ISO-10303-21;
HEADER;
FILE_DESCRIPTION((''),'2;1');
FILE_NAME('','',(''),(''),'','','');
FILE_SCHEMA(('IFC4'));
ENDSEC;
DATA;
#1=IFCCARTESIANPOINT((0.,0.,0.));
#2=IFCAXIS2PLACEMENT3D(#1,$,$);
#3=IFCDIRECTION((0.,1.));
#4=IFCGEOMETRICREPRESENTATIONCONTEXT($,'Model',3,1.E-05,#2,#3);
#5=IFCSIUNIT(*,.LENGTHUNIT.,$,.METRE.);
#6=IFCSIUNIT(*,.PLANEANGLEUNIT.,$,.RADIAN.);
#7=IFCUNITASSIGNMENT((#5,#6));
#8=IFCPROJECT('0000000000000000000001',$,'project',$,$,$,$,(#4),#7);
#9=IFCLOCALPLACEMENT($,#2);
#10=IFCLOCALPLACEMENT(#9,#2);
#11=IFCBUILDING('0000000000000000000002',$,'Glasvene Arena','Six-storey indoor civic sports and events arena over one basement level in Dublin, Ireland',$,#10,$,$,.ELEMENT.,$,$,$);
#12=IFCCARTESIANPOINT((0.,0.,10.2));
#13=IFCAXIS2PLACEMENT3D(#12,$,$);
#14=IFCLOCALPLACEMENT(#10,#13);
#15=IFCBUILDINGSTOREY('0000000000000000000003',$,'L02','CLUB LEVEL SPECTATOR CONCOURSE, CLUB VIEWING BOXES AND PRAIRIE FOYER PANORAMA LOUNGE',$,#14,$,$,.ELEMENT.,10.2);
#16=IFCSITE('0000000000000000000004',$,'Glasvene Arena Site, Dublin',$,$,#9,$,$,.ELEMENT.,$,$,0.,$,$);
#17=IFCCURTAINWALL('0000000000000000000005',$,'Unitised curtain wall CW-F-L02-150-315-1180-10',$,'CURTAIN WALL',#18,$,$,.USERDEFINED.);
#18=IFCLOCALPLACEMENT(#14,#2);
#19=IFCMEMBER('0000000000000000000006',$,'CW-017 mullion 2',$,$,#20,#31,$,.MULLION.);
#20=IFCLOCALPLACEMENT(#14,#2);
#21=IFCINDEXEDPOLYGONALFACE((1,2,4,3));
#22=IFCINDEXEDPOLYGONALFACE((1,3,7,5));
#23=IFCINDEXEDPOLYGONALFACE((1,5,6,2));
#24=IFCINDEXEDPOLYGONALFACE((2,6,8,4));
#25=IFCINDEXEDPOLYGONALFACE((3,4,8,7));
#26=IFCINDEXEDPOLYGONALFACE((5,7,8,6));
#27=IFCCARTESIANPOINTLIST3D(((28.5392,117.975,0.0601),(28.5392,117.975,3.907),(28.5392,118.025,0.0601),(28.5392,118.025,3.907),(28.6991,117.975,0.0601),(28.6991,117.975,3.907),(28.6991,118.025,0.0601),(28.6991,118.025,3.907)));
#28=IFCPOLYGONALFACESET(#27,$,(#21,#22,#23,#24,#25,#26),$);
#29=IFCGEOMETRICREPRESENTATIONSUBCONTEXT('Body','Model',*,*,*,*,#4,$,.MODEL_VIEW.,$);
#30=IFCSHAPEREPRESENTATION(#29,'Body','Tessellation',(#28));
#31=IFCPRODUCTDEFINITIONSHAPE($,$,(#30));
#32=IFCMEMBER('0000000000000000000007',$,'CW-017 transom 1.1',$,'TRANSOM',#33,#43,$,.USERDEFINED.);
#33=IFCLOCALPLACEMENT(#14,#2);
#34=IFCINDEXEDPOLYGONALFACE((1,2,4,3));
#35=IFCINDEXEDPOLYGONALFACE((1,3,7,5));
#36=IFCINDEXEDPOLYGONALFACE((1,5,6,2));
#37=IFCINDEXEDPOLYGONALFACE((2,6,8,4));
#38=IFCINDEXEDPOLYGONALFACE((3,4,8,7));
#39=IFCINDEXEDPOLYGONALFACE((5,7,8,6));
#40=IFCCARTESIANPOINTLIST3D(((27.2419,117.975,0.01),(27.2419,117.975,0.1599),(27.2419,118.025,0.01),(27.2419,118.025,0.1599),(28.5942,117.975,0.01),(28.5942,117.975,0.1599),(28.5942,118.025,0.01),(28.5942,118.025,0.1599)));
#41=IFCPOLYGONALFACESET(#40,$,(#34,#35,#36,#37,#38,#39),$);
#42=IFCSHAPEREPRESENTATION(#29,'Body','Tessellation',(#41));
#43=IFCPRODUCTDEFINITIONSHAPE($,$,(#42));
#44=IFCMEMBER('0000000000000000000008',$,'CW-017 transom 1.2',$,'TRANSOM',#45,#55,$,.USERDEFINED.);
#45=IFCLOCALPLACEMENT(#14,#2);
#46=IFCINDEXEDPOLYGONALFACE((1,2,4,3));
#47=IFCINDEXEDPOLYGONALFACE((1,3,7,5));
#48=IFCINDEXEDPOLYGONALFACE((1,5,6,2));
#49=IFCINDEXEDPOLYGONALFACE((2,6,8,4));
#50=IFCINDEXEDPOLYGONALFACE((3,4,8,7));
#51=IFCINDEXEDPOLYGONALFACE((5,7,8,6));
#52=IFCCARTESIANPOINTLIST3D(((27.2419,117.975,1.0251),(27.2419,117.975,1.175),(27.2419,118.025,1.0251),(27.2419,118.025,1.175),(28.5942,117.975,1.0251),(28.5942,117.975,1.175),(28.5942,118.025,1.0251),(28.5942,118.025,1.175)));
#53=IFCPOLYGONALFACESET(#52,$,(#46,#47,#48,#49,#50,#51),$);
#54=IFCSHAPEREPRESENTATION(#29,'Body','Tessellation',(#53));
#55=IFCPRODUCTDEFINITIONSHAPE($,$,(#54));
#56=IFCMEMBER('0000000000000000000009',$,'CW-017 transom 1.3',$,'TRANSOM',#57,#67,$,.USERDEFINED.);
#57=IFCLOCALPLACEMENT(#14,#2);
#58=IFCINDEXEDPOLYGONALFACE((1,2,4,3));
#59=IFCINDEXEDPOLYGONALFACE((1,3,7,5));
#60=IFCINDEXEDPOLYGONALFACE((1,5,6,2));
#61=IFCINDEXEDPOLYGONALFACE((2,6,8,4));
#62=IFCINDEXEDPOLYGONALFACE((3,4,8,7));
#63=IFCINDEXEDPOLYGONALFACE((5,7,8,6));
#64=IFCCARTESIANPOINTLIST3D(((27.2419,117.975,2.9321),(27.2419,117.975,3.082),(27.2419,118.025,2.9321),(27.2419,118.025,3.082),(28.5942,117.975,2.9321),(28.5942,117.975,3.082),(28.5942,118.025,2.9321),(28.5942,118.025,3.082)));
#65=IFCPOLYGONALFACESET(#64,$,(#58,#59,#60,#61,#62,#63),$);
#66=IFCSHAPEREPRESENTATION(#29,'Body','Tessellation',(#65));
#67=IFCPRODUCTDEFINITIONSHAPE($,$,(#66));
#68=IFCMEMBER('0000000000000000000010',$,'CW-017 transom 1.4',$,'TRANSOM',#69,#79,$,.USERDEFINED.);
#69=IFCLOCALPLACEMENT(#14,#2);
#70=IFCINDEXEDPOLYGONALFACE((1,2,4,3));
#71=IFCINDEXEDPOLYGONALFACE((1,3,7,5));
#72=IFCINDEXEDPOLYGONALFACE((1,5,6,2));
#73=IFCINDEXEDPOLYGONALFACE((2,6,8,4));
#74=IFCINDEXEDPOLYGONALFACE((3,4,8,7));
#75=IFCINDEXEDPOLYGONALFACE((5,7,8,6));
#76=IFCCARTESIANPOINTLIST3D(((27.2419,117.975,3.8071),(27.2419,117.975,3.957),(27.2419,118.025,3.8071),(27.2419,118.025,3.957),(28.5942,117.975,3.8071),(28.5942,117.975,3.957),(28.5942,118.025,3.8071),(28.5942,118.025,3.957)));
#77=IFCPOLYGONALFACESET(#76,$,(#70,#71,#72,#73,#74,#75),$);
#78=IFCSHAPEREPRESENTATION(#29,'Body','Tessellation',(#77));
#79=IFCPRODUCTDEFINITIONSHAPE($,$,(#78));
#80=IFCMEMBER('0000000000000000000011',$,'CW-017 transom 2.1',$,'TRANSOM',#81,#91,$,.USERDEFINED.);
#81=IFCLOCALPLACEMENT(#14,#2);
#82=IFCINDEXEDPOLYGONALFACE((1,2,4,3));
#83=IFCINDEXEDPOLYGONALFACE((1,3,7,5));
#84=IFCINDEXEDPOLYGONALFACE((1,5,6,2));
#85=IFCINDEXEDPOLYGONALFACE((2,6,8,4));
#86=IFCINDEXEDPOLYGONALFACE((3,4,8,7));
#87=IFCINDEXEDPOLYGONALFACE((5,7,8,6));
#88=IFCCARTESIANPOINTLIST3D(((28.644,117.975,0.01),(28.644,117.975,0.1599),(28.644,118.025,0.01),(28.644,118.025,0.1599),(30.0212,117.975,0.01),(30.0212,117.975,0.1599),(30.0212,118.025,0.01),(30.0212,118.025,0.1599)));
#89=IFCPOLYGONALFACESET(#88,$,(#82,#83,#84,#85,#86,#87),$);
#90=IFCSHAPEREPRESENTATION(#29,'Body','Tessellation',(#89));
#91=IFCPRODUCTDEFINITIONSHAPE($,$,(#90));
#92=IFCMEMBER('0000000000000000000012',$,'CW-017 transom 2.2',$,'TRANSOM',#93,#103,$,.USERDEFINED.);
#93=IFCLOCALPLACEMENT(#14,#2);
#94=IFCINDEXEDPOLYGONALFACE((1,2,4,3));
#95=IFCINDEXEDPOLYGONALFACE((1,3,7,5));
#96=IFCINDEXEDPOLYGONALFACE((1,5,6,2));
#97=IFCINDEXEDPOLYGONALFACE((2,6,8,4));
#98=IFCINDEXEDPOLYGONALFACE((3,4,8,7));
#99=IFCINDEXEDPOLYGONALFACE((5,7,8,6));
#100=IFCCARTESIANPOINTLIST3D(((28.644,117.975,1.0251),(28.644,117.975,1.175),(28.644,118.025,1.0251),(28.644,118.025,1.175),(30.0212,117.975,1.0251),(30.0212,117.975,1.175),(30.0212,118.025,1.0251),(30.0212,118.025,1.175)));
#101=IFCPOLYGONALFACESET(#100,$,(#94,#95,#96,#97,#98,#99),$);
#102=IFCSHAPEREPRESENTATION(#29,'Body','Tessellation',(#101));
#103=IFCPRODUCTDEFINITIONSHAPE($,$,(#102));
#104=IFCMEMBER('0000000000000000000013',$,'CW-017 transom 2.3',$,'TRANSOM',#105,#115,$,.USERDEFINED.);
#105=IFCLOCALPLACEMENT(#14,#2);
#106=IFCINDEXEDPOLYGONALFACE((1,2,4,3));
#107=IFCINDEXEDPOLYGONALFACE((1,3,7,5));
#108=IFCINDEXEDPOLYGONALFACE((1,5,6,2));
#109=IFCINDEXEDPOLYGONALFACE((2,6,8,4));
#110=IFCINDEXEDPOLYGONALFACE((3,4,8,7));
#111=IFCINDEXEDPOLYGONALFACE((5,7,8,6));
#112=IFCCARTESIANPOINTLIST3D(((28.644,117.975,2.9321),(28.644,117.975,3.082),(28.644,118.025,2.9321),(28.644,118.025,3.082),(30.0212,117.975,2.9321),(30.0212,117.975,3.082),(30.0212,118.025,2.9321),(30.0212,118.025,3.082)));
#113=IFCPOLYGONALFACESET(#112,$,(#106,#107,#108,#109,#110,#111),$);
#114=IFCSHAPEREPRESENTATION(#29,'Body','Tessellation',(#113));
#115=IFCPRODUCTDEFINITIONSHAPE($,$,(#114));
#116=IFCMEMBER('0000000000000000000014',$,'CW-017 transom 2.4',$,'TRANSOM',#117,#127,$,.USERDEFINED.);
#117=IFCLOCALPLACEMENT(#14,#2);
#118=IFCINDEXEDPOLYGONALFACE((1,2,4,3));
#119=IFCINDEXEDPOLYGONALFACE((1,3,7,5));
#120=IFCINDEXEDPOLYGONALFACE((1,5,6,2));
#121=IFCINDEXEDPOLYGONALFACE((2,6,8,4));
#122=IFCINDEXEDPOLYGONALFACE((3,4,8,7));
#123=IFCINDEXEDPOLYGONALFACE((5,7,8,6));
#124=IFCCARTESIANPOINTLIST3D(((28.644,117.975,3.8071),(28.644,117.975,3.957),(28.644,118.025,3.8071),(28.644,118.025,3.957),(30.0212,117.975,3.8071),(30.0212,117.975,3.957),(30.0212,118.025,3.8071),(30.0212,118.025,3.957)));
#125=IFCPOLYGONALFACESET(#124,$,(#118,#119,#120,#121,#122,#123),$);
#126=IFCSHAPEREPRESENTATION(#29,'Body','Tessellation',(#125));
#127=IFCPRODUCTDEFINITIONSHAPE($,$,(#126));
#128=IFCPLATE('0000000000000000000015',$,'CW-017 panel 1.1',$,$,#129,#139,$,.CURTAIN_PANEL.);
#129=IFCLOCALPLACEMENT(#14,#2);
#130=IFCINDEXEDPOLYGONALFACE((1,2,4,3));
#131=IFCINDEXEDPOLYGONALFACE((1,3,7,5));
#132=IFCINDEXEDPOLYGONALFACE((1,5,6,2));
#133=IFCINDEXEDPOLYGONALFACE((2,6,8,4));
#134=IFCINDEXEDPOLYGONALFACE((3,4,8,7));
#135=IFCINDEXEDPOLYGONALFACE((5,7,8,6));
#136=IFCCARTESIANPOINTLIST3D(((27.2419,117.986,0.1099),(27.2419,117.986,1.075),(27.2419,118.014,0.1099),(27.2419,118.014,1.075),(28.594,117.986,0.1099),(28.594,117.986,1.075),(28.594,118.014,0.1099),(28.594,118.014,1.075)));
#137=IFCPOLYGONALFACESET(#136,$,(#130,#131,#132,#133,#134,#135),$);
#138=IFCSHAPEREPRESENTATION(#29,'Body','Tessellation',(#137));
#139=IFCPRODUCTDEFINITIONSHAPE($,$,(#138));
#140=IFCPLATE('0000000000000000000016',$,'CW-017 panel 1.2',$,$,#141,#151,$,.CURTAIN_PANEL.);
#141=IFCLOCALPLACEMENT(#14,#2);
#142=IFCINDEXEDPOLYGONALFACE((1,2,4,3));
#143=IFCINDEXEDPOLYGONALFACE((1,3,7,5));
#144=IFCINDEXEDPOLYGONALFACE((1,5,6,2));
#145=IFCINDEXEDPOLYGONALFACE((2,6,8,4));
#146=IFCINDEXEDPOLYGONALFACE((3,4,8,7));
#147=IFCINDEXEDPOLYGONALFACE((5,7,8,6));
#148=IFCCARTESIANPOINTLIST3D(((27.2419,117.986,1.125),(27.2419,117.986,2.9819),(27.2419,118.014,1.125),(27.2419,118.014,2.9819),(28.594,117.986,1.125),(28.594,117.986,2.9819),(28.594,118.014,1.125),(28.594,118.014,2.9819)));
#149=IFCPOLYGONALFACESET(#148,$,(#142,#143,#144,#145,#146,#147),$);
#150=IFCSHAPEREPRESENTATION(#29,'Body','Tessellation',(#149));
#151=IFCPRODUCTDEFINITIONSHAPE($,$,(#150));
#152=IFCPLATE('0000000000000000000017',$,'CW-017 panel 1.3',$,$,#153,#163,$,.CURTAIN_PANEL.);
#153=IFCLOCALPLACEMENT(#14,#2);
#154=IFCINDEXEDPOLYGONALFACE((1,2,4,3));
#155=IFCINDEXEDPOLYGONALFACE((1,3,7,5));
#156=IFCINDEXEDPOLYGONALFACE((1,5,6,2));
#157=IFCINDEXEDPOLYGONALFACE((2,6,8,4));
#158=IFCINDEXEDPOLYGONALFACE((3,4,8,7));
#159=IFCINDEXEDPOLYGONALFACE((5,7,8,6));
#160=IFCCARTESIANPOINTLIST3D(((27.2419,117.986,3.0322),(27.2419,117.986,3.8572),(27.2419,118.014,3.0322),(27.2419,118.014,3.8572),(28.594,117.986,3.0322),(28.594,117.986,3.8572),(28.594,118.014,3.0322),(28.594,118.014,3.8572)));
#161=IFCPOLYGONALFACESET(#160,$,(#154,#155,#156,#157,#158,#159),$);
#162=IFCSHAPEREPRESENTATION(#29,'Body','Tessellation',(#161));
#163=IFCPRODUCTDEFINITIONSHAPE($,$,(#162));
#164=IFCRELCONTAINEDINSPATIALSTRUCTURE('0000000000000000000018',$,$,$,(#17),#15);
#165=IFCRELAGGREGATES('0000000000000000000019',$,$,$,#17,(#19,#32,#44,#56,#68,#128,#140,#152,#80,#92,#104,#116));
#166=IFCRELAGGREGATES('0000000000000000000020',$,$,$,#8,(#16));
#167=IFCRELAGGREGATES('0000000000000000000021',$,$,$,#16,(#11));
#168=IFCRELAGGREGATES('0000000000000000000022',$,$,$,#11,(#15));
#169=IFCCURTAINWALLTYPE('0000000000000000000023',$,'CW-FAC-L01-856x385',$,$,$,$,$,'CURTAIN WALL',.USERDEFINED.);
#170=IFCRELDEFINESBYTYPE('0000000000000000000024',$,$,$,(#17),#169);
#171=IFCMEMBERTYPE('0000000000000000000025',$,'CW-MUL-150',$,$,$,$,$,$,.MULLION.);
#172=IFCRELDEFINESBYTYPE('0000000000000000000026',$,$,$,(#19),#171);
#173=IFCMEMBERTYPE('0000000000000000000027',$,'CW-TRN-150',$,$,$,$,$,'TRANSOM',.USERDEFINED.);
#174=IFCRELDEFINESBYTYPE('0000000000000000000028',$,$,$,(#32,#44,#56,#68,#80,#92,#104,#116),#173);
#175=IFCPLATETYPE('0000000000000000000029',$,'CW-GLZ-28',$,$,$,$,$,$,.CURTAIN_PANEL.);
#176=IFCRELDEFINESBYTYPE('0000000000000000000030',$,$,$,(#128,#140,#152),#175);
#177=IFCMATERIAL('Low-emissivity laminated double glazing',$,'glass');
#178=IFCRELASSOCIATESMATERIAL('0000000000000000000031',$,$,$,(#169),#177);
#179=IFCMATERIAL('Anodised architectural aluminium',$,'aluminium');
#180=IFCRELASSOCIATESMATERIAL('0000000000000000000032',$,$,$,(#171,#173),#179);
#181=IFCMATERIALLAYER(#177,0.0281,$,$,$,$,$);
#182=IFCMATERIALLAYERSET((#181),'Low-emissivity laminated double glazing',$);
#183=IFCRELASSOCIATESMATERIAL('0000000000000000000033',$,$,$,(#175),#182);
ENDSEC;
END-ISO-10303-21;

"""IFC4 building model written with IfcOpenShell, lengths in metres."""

from ifc_helpers import new_model, si_unit, direction, frame, origin, origin_2d, place, context, subcontext, project, spatial, rectangle, extrude, material, layer, layer_set, material_profile, profile_set, type_object, element, aggregate, save


model = new_model("IFC4")

# Units and contexts
model_context = context("Model", 3, precision=1e-05, world=origin(), true_north=direction((0.0, 1.0)))
body_context = subcontext(model_context, "Body", "Model", "MODEL_VIEW")
ifc_project = project(units=[si_unit("LENGTHUNIT", "METRE"), si_unit("PLANEANGLEUNIT", "RADIAN")], contexts=[model_context])

# Site, building, storey
site_placement = place(None, origin())
site = spatial("IfcSite", under=ifc_project, at=site_placement, Name="Glasvene Arena Site, Dublin", CompositionType="ELEMENT", RefElevation=0.0)
building_placement = place(site_placement, origin())
building = spatial("IfcBuilding", under=site, at=building_placement, Name="Glasvene Arena", Description="Six-storey indoor civic sports and events arena over one basement level in Dublin, Ireland", CompositionType="ELEMENT")
storey_placement = place(building_placement, frame((0.0, 0.0, 10.2)))
storey = spatial("IfcBuildingStorey", under=building, at=storey_placement, Name="L02", Description="CLUB LEVEL SPECTATOR CONCOURSE, CLUB VIEWING BOXES AND PRAIRIE FOYER PANORAMA LOUNGE", CompositionType="ELEMENT", Elevation=10.2)

# Curtain wall, members, plates
ifc_material_1 = material(Name="Low-emissivity laminated double glazing", Category="glass")
curtain_wall_type = type_object("IfcCurtainWallType", Name="CW-FAC-L01-856x385", ElementType="CURTAIN WALL", PredefinedType="USERDEFINED", material=ifc_material_1)
curtain_wall_placement = place(storey_placement, frame((27.1919, 118.0, 0.0)))
curtain_wall = element("IfcCurtainWall", 1, at=curtain_wall_placement, inside=storey, type_object=curtain_wall_type, Name="Unitised curtain wall CW-F-L02-150-315-1180-10", ObjectType="CURTAIN WALL", PredefinedType="USERDEFINED")
ifc_material_2 = material(Name="Anodised architectural aluminium", Category="aluminium")
ifc_material_profile_1 = material_profile(ifc_material_2, rectangle(XDim=0.05, YDim=0.1599, at=origin_2d()), Name="ALU MULLION 50x160")
ifc_profile_set_1 = profile_set([ifc_material_profile_1], Name="Anodised architectural aluminium")
member_type_1 = type_object("IfcMemberType", Name="CW-MUL-150", PredefinedType="MULLION", material=ifc_profile_set_1)
member_1_placement = place(storey_placement, frame((28.6191, 118.0, 0.0601), z_axis=(0.0, 0.0, 1.0), x_axis=(0.0, 1.0, 0.0)))
member_1 = element("IfcMember", 2, at=member_1_placement, type_object=member_type_1, Name="CW-017 mullion 2", PredefinedType="MULLION", context=body_context, shape_type="SweptSolid", body=[
    extrude(rectangle(XDim=0.05, YDim=0.1599, at=origin_2d()), origin(), (0.0, 0.0, 1.0), 3.8469),
])
ifc_material_profile_2 = material_profile(ifc_material_2, rectangle(XDim=0.05, YDim=0.1499, at=origin_2d()), Name="ALU TRANSOM 50x150")
ifc_profile_set_2 = profile_set([ifc_material_profile_2], Name="Anodised architectural aluminium")
member_type_2 = type_object("IfcMemberType", Name="CW-TRN-150", ElementType="TRANSOM", PredefinedType="USERDEFINED", material=ifc_profile_set_2)
member_2_placement = place(storey_placement, frame((27.2419, 118.0, 0.085), z_axis=(1.0, 0.0, 0.0), x_axis=(0.0, 1.0, 0.0)))
member_2 = element("IfcMember", 3, at=member_2_placement, type_object=member_type_2, Name="CW-017 transom 1.1", ObjectType="TRANSOM", PredefinedType="USERDEFINED", context=body_context, shape_type="SweptSolid", body=[
    extrude(rectangle(XDim=0.05, YDim=0.1499, at=origin_2d()), origin(), (0.0, 0.0, 1.0), 1.3523),
])
member_3_placement = place(storey_placement, frame((27.2419, 118.0, 1.1001), z_axis=(1.0, 0.0, 0.0), x_axis=(0.0, 1.0, 0.0)))
member_3 = element("IfcMember", 4, at=member_3_placement, type_object=member_type_2, Name="CW-017 transom 1.2", ObjectType="TRANSOM", PredefinedType="USERDEFINED", context=body_context, shape_type="SweptSolid", body=[
    extrude(rectangle(XDim=0.05, YDim=0.1499, at=origin_2d()), origin(), (0.0, 0.0, 1.0), 1.3523),
])
member_4_placement = place(storey_placement, frame((27.2419, 118.0, 3.0071), z_axis=(1.0, 0.0, 0.0), x_axis=(0.0, 1.0, 0.0)))
member_4 = element("IfcMember", 5, at=member_4_placement, type_object=member_type_2, Name="CW-017 transom 1.3", ObjectType="TRANSOM", PredefinedType="USERDEFINED", context=body_context, shape_type="SweptSolid", body=[
    extrude(rectangle(XDim=0.05, YDim=0.1499, at=origin_2d()), origin(), (0.0, 0.0, 1.0), 1.3523),
])
member_5_placement = place(storey_placement, frame((27.2419, 118.0, 3.8821), z_axis=(1.0, 0.0, 0.0), x_axis=(0.0, 1.0, 0.0)))
member_5 = element("IfcMember", 6, at=member_5_placement, type_object=member_type_2, Name="CW-017 transom 1.4", ObjectType="TRANSOM", PredefinedType="USERDEFINED", context=body_context, shape_type="SweptSolid", body=[
    extrude(rectangle(XDim=0.05, YDim=0.1499, at=origin_2d()), origin(), (0.0, 0.0, 1.0), 1.3523),
])
member_6_placement = place(storey_placement, frame((28.644, 118.0, 0.085), z_axis=(1.0, 0.0, 0.0), x_axis=(0.0, 1.0, 0.0)))
member_6 = element("IfcMember", 7, at=member_6_placement, type_object=member_type_2, Name="CW-017 transom 2.1", ObjectType="TRANSOM", PredefinedType="USERDEFINED", context=body_context, shape_type="SweptSolid", body=[
    extrude(rectangle(XDim=0.05, YDim=0.1499, at=origin_2d()), origin(), (0.0, 0.0, 1.0), 1.3772),
])
member_7_placement = place(storey_placement, frame((28.644, 118.0, 1.1001), z_axis=(1.0, 0.0, 0.0), x_axis=(0.0, 1.0, 0.0)))
member_7 = element("IfcMember", 8, at=member_7_placement, type_object=member_type_2, Name="CW-017 transom 2.2", ObjectType="TRANSOM", PredefinedType="USERDEFINED", context=body_context, shape_type="SweptSolid", body=[
    extrude(rectangle(XDim=0.05, YDim=0.1499, at=origin_2d()), origin(), (0.0, 0.0, 1.0), 1.3772),
])
member_8_placement = place(storey_placement, frame((28.644, 118.0, 3.0071), z_axis=(1.0, 0.0, 0.0), x_axis=(0.0, 1.0, 0.0)))
member_8 = element("IfcMember", 9, at=member_8_placement, type_object=member_type_2, Name="CW-017 transom 2.3", ObjectType="TRANSOM", PredefinedType="USERDEFINED", context=body_context, shape_type="SweptSolid", body=[
    extrude(rectangle(XDim=0.05, YDim=0.1499, at=origin_2d()), origin(), (0.0, 0.0, 1.0), 1.3772),
])
member_9_placement = place(storey_placement, frame((28.644, 118.0, 3.8821), z_axis=(1.0, 0.0, 0.0), x_axis=(0.0, 1.0, 0.0)))
member_9 = element("IfcMember", 10, at=member_9_placement, type_object=member_type_2, Name="CW-017 transom 2.4", ObjectType="TRANSOM", PredefinedType="USERDEFINED", context=body_context, shape_type="SweptSolid", body=[
    extrude(rectangle(XDim=0.05, YDim=0.1499, at=origin_2d()), origin(), (0.0, 0.0, 1.0), 1.3772),
])
ifc_layer_1 = layer(ifc_material_1, 0.0281)
ifc_layer_set_1 = layer_set([ifc_layer_1], Name="Low-emissivity laminated double glazing")
plate_type = type_object("IfcPlateType", Name="CW-GLZ-28", PredefinedType="CURTAIN_PANEL", material=ifc_layer_set_1)
plate_1_placement = place(storey_placement, frame((27.918, 118.0, 0.1099), z_axis=(0.0, 0.0, 1.0), x_axis=(1.0, 0.0, 0.0)))
plate_1 = element("IfcPlate", 11, at=plate_1_placement, type_object=plate_type, Name="CW-017 panel 1.1", PredefinedType="CURTAIN_PANEL", context=body_context, shape_type="SweptSolid", body=[
    extrude(rectangle(XDim=1.3521, YDim=0.0281, at=origin_2d()), origin(), (0.0, 0.0, 1.0), 0.9651),
])
plate_2_placement = place(storey_placement, frame((27.918, 118.0, 1.125), z_axis=(0.0, 0.0, 1.0), x_axis=(1.0, 0.0, 0.0)))
plate_2 = element("IfcPlate", 12, at=plate_2_placement, type_object=plate_type, Name="CW-017 panel 1.2", PredefinedType="CURTAIN_PANEL", context=body_context, shape_type="SweptSolid", body=[
    extrude(rectangle(XDim=1.3521, YDim=0.0281, at=origin_2d()), origin(), (0.0, 0.0, 1.0), 1.8569),
])
plate_3_placement = place(storey_placement, frame((27.918, 118.0, 3.0322), z_axis=(0.0, 0.0, 1.0), x_axis=(1.0, 0.0, 0.0)))
plate_3 = element("IfcPlate", 13, at=plate_3_placement, type_object=plate_type, Name="CW-017 panel 1.3", PredefinedType="CURTAIN_PANEL", context=body_context, shape_type="SweptSolid", body=[
    extrude(rectangle(XDim=1.3521, YDim=0.0281, at=origin_2d()), origin(), (0.0, 0.0, 1.0), 0.825),
])
aggregate(curtain_wall, [member_1, member_2, member_3, member_4, member_5, plate_1, plate_2, plate_3, member_6, member_7, member_8, member_9])

save(model, "model.ifc")
